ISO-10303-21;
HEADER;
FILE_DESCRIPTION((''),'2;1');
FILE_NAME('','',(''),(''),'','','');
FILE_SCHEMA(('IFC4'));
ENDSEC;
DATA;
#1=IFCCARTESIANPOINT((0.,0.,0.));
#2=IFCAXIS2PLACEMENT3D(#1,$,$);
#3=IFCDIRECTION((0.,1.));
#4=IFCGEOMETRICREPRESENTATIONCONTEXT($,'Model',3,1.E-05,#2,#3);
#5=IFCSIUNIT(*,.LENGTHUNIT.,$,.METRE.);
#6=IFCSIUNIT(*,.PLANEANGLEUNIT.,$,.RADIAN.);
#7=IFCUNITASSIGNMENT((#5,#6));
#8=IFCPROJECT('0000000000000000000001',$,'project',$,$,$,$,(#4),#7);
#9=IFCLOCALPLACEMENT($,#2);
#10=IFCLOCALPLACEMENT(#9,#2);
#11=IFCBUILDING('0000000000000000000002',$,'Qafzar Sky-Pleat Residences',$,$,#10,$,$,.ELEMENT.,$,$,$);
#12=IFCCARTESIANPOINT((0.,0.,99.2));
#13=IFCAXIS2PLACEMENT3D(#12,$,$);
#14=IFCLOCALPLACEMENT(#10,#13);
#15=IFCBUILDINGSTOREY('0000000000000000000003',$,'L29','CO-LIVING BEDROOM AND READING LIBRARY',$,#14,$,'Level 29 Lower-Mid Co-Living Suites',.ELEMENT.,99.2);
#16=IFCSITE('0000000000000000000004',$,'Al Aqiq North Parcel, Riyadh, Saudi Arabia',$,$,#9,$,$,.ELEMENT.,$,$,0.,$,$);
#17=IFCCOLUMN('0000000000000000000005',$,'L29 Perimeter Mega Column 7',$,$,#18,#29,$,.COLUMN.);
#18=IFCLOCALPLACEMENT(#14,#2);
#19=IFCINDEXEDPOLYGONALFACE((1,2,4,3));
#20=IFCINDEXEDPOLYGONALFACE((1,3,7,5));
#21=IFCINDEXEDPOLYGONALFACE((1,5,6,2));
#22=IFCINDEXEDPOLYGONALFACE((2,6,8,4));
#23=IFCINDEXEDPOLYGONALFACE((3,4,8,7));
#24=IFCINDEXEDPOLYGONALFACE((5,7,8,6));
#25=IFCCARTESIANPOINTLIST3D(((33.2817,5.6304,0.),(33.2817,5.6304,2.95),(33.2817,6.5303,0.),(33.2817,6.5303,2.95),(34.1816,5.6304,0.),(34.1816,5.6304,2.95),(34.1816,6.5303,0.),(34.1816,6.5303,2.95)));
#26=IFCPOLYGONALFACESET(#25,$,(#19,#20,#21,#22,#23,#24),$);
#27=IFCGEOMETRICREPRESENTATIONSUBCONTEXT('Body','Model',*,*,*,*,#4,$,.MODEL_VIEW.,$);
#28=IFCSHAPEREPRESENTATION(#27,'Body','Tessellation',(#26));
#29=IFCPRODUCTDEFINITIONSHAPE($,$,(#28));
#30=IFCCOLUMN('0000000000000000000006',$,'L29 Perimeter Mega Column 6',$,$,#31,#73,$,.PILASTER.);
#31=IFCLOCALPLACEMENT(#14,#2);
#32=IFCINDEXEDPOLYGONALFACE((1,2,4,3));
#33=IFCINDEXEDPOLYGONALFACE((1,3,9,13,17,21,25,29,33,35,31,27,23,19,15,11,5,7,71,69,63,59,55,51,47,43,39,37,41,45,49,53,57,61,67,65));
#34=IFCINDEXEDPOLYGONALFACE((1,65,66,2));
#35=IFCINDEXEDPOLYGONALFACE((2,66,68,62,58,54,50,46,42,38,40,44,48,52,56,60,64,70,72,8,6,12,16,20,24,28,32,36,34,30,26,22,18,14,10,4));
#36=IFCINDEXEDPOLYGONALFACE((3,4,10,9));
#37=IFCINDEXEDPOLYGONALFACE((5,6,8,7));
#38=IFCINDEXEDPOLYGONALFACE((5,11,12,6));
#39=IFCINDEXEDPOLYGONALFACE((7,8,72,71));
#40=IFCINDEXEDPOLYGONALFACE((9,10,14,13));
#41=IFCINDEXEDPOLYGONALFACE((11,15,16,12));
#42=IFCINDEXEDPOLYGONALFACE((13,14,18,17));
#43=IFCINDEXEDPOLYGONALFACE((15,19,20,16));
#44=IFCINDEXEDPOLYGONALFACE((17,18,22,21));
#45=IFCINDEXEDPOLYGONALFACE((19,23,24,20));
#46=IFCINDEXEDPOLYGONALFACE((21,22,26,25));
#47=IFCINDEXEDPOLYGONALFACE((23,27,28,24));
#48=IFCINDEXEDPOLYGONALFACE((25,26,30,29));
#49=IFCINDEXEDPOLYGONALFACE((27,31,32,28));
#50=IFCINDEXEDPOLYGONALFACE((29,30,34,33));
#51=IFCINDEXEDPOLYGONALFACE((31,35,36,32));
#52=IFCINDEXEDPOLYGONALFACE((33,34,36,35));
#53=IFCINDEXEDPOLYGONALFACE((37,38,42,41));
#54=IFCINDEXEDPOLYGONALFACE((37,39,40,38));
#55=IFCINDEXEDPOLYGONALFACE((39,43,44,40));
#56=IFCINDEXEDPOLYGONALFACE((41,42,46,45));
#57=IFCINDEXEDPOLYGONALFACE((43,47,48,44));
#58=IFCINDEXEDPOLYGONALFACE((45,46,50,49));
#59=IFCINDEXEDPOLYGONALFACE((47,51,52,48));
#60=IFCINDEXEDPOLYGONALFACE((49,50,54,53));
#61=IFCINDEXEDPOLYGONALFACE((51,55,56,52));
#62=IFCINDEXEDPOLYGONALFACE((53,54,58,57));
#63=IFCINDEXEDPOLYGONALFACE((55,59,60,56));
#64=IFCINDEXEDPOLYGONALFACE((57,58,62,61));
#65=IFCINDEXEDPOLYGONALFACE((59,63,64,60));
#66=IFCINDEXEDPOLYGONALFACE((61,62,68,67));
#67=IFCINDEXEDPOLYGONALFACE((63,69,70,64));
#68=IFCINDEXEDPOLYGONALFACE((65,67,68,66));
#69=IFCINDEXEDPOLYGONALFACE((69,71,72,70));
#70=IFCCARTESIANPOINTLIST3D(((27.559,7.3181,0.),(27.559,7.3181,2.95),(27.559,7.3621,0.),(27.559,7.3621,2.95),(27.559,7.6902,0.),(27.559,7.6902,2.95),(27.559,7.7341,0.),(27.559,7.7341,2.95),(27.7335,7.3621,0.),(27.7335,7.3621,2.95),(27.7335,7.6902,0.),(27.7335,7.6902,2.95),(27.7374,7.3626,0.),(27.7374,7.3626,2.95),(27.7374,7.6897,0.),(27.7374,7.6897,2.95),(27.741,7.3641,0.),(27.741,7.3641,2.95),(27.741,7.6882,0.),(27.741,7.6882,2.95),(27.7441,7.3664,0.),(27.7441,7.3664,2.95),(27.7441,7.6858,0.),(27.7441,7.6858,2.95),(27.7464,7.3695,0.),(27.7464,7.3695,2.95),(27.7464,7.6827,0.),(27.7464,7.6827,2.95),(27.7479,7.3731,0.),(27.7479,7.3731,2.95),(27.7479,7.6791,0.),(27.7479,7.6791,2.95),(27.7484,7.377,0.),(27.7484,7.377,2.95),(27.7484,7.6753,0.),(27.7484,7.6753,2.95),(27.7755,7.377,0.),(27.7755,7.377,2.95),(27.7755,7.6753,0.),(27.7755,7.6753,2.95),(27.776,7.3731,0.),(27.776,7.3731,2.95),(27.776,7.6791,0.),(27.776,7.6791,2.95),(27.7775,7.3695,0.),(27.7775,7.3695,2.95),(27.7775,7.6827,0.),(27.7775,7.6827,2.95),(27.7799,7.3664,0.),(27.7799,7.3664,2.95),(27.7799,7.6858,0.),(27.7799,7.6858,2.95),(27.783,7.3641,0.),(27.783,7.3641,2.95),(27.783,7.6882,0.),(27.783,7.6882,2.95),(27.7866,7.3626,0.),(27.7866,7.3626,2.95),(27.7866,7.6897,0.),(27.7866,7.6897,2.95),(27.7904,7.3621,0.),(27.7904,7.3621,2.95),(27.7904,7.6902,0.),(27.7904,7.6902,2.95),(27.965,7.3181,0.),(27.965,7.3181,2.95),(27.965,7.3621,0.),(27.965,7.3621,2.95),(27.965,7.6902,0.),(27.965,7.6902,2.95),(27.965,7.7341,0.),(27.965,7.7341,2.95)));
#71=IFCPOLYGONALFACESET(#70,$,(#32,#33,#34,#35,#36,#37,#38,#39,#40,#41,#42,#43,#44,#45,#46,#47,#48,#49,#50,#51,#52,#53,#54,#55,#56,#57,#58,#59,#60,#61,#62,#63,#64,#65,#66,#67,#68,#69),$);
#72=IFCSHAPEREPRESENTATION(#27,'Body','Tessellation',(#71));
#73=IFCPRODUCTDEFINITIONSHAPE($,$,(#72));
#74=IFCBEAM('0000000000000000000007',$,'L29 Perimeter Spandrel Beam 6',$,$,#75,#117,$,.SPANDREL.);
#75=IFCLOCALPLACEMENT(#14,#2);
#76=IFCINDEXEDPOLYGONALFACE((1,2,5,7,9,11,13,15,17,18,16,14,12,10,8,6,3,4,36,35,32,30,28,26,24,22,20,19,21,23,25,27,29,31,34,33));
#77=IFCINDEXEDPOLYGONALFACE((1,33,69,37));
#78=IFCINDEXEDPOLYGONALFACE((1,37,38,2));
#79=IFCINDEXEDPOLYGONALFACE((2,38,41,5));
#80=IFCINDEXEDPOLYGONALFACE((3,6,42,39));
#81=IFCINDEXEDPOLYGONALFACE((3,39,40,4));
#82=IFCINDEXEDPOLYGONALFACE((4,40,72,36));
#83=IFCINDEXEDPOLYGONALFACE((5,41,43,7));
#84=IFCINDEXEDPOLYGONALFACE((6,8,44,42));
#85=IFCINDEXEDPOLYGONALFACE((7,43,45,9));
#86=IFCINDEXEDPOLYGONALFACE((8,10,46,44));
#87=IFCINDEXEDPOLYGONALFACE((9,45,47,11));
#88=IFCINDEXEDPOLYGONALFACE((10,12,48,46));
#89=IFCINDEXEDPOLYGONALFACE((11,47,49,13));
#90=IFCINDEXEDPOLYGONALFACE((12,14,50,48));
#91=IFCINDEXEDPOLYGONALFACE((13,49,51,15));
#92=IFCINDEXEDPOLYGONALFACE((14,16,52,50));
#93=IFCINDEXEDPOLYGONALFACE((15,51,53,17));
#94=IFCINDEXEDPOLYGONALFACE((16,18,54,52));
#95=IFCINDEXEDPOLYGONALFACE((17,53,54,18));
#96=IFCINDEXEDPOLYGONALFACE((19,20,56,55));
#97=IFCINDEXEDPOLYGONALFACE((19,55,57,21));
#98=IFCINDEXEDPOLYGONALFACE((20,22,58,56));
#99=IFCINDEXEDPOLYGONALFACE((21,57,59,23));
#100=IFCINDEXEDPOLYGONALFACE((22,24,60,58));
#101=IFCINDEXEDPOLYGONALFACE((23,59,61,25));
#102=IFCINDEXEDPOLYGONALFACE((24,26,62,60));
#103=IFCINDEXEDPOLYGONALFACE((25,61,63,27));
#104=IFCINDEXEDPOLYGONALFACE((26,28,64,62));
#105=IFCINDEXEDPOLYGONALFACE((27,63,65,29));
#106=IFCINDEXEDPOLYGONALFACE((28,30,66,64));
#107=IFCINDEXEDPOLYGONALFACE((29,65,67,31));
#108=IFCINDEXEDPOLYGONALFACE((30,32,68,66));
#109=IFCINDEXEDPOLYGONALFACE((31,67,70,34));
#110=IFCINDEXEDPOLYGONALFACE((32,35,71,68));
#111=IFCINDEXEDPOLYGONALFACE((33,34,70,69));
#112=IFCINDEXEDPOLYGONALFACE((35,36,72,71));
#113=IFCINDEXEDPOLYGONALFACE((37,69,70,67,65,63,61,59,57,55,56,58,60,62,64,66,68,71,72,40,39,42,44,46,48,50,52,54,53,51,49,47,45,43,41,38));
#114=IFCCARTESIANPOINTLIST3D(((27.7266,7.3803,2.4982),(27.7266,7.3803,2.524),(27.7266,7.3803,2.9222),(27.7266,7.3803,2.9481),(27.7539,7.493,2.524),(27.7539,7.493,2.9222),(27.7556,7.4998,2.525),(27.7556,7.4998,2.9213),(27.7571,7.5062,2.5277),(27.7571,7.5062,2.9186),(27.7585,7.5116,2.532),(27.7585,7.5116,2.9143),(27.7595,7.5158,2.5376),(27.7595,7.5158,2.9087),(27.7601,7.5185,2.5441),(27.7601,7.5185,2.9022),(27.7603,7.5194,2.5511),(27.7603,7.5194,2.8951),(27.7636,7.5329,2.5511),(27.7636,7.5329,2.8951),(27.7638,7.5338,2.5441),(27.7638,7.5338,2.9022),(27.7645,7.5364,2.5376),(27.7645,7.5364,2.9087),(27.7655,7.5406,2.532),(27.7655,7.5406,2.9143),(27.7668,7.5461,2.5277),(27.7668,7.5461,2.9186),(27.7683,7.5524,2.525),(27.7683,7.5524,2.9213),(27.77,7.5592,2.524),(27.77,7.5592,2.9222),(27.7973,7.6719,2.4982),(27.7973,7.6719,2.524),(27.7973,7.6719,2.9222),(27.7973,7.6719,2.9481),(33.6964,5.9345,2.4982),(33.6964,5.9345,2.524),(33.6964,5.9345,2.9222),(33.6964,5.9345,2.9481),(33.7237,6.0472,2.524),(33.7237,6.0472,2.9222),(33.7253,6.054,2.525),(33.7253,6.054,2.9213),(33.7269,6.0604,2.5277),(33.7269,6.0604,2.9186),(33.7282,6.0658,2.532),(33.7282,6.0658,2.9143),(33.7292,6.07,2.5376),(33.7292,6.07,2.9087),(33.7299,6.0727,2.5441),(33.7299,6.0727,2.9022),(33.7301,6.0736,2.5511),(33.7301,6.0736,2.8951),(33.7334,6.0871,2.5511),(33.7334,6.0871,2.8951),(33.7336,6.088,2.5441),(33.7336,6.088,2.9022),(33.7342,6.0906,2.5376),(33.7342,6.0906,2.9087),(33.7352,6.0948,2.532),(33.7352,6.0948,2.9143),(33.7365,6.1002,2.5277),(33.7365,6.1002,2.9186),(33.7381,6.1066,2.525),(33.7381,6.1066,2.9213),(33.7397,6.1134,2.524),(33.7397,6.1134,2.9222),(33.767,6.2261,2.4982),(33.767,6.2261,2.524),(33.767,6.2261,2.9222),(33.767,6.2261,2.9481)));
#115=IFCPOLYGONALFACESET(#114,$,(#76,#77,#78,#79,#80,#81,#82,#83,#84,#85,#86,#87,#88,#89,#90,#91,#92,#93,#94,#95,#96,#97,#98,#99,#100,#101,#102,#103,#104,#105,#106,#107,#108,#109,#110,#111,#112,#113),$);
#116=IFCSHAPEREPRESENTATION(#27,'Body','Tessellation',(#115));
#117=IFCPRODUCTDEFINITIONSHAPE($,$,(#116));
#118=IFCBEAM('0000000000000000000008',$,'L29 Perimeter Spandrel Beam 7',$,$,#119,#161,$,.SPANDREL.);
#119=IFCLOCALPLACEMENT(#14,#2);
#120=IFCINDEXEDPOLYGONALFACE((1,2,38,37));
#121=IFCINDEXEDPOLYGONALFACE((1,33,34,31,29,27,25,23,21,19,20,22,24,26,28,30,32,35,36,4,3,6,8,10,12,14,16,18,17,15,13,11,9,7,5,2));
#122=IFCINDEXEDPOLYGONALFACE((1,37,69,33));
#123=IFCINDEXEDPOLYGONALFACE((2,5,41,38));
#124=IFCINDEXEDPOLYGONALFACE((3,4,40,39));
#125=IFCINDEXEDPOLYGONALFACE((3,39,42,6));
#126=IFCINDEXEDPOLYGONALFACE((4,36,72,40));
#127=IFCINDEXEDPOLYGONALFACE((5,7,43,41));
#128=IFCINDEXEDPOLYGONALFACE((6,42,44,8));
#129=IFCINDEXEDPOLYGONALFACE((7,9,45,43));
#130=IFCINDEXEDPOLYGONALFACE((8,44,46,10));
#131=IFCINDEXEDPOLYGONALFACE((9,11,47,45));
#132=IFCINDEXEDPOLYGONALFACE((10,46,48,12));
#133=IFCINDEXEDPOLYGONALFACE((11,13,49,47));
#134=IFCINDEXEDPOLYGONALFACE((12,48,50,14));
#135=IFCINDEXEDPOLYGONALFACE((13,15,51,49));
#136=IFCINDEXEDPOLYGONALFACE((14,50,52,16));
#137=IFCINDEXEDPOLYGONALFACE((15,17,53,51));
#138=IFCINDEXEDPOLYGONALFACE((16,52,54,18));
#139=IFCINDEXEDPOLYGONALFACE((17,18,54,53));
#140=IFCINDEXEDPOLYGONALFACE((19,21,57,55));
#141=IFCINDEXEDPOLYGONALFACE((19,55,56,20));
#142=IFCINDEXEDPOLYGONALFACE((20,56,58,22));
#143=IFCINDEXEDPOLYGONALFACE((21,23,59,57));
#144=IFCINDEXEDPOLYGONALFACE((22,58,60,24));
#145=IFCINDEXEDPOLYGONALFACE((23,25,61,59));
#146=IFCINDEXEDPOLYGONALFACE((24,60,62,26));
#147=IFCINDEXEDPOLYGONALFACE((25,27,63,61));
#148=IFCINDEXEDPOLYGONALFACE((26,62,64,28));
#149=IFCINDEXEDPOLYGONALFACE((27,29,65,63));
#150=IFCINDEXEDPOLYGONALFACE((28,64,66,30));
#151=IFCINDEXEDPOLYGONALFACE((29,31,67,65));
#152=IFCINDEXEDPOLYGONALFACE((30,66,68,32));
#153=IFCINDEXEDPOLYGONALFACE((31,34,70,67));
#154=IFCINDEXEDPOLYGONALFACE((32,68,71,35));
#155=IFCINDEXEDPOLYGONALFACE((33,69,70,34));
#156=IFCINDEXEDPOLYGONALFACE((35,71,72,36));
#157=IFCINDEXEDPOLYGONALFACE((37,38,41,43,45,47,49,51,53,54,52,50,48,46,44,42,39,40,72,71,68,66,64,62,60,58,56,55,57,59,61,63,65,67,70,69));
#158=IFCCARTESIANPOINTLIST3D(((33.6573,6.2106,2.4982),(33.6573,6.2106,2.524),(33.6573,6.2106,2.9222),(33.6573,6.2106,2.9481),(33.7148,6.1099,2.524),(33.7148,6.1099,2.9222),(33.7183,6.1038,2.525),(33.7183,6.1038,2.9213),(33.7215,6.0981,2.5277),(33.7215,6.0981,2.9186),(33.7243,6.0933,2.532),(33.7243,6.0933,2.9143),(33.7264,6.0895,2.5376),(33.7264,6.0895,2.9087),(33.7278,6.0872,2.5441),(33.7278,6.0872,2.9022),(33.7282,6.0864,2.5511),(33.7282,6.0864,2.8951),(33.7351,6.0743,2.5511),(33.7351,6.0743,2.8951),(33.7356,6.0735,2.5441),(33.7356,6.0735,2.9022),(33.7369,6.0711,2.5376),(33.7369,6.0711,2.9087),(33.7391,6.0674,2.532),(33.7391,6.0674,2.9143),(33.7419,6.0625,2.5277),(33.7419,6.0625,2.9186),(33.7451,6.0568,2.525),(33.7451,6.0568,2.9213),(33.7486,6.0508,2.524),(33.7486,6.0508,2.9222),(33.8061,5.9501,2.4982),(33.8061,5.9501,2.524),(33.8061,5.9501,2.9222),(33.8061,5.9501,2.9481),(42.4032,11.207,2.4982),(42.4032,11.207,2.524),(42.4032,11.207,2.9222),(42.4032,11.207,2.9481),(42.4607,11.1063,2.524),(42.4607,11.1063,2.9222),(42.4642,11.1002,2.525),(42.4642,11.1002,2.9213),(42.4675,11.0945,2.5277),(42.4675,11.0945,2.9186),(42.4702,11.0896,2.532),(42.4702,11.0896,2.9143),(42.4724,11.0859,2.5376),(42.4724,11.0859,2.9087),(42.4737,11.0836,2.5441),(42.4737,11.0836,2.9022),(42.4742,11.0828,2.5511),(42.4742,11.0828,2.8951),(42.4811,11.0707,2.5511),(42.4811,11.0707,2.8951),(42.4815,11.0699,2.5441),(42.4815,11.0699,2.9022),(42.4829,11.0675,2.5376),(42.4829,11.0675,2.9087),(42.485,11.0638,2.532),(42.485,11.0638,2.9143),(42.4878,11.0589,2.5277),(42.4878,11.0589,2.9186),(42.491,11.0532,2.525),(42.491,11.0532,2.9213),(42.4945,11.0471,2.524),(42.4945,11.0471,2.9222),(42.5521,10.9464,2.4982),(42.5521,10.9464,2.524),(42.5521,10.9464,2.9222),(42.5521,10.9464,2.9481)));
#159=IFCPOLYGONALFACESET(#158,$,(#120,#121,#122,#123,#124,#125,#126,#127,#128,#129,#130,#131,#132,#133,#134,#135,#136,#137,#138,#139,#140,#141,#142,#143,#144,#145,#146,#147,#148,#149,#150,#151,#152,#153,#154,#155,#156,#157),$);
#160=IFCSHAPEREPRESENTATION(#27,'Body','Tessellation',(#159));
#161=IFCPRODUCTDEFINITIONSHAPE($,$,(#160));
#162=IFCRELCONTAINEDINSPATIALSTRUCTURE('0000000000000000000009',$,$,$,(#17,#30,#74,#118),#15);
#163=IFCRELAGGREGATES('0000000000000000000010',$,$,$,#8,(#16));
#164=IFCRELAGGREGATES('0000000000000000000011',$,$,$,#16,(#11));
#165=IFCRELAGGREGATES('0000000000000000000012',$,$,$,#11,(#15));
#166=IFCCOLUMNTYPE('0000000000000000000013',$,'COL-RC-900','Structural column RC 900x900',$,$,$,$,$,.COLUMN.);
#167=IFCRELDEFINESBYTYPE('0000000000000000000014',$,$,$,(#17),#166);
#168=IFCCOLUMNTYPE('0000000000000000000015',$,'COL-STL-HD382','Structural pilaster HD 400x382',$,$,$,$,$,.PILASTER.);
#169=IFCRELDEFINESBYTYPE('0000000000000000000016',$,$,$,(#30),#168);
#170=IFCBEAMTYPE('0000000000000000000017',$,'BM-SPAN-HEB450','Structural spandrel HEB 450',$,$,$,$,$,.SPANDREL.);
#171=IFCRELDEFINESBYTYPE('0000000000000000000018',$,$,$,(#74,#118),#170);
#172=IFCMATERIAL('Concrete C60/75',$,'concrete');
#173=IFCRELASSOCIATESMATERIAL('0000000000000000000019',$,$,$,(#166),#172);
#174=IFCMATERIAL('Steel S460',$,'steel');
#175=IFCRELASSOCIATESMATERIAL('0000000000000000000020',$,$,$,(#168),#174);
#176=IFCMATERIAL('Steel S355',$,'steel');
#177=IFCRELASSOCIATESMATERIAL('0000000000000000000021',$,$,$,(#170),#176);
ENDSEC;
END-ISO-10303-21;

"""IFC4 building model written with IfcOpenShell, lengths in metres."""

from ifc_helpers import new_model, si_unit, direction, frame, origin, origin_2d, place, context, subcontext, project, spatial, rectangle, i_section, extrude, source, transform, mapped, material, material_profile, profile_set, type_object, element, save


model = new_model("IFC4")

# Units and contexts
model_context = context("Model", 3, precision=1e-05, world=origin(), true_north=direction((0.0, 1.0)))
body_context = subcontext(model_context, "Body", "Model", "MODEL_VIEW")
ifc_project = project(units=[si_unit("LENGTHUNIT", "METRE"), si_unit("PLANEANGLEUNIT", "RADIAN")], contexts=[model_context])

# Site, building, storey
site_placement = place(None, origin())
site = spatial("IfcSite", under=ifc_project, at=site_placement, Name="Al Aqiq North Parcel, Riyadh, Saudi Arabia", CompositionType="ELEMENT", RefElevation=0.0)
building_placement = place(site_placement, origin())
building = spatial("IfcBuilding", under=site, at=building_placement, Name="Qafzar Sky-Pleat Residences", CompositionType="ELEMENT")
storey_placement = place(building_placement, frame((0.0, 0.0, 99.2)))
storey = spatial("IfcBuildingStorey", under=building, at=storey_placement, Name="L29", Description="CO-LIVING BEDROOM AND READING LIBRARY", LongName="Level 29 Lower-Mid Co-Living Suites", CompositionType="ELEMENT", Elevation=99.2)

# Columns
ifc_material_1 = material(Name="Concrete C60/75", Category="concrete")
ifc_material_profile_1 = material_profile(ifc_material_1, rectangle(XDim=0.8999, YDim=0.8999, at=origin_2d()), Name="RC 900x900")
ifc_profile_set_1 = profile_set([ifc_material_profile_1], Name="Concrete C60/75")
column_type_1 = type_object("IfcColumnType", Name="COL-RC-900", Description="Structural column RC 900x900", PredefinedType="COLUMN", material=ifc_profile_set_1)
shared_shape_1 = source(origin(), body_context, "Body", "SweptSolid", [
    extrude(rectangle(XDim=0.8999, YDim=0.8999, at=origin_2d()), origin(), (0.0, 0.0, 1.0), 2.95),
])
column_1_placement = place(storey_placement, frame((33.7317, 6.0803, 0.0), z_axis=(0.0, 0.0, 1.0), x_axis=(1.0, 0.0, 0.0)))
element("IfcColumn", 1, at=column_1_placement, inside=storey, type_object=column_type_1, Name="L29 Perimeter Mega Column 7", PredefinedType="COLUMN", context=body_context, shape_type="MappedRepresentation", body=[
    mapped(shared_shape_1, transform((0.0, 0.0, 0.0), x_axis=(1.0, 0.0, 0.0), y_axis=(0.0, 1.0, 0.0), z_axis=(0.0, 0.0, 1.0), scale=1.0)),
])
ifc_material_2 = material(Name="Steel S460", Category="steel")
ifc_material_profile_2 = material_profile(ifc_material_2, i_section(OverallWidth=0.406, OverallDepth=0.416, WebThickness=0.0271, FlangeThickness=0.0439, FilletRadius=0.0149, at=origin_2d()), Name="HD 400x382")
ifc_profile_set_2 = profile_set([ifc_material_profile_2], Name="Steel S460")
column_type_2 = type_object("IfcColumnType", Name="COL-STL-HD382", Description="Structural pilaster HD 400x382", PredefinedType="PILASTER", material=ifc_profile_set_2)
shared_shape_2 = source(origin(), body_context, "Body", "SweptSolid", [
    extrude(i_section(OverallWidth=0.406, OverallDepth=0.416, WebThickness=0.0271, FlangeThickness=0.0439, FilletRadius=0.0149, at=origin_2d()), origin(), (0.0, 0.0, 1.0), 2.95),
])
column_2_placement = place(storey_placement, frame((27.762, 7.5261, 0.0), z_axis=(0.0, 0.0, 1.0), x_axis=(1.0, 0.0, 0.0)))
element("IfcColumn", 2, at=column_2_placement, inside=storey, type_object=column_type_2, Name="L29 Perimeter Mega Column 6", PredefinedType="PILASTER", context=body_context, shape_type="MappedRepresentation", body=[
    mapped(shared_shape_2, transform((0.0, 0.0, 0.0), x_axis=(1.0, 0.0, 0.0), y_axis=(0.0, 1.0, 0.0), z_axis=(0.0, 0.0, 1.0), scale=1.0)),
])

# Beams
ifc_material_3 = material(Name="Steel S355", Category="steel")
ifc_material_profile_3 = material_profile(ifc_material_3, i_section(OverallWidth=0.3, OverallDepth=0.45, WebThickness=0.0139, FlangeThickness=0.0259, FilletRadius=0.0271, at=origin_2d()), Name="HEB 450")
ifc_profile_set_3 = profile_set([ifc_material_profile_3], Name="Steel S355")
beam_type_1 = type_object("IfcBeamType", Name="BM-SPAN-HEB450", Description="Structural spandrel HEB 450", PredefinedType="SPANDREL", material=ifc_profile_set_3)
shared_shape_3 = source(origin(), body_context, "Body", "SweptSolid", [
    extrude(i_section(OverallWidth=0.3, OverallDepth=0.45, WebThickness=0.0139, FlangeThickness=0.0259, FilletRadius=0.0271, at=origin_2d()), origin(), (0.0, 0.0, 1.0), 6.1423),
])
beam_1_placement = place(storey_placement, frame((27.762, 7.5261, 2.7231), z_axis=(0.971902, -0.235384, 0.0), x_axis=(0.235384, 0.971902, 0.0)))
element("IfcBeam", 3, at=beam_1_placement, inside=storey, type_object=beam_type_1, Name="L29 Perimeter Spandrel Beam 6", PredefinedType="SPANDREL", context=body_context, shape_type="MappedRepresentation", body=[
    mapped(shared_shape_3, transform((0.0, 0.0, 0.0), x_axis=(1.0, 0.0, 0.0), y_axis=(0.0, 1.0, 0.0), z_axis=(0.0, 0.0, 1.0), scale=1.0)),
])
shared_shape_4 = source(origin(), body_context, "Body", "SweptSolid", [
    extrude(i_section(OverallWidth=0.3, OverallDepth=0.45, WebThickness=0.0139, FlangeThickness=0.0259, FilletRadius=0.0271, at=origin_2d()), origin(), (0.0, 0.0, 1.0), 10.0725),
])
beam_2_placement = place(storey_placement, frame((33.7317, 6.0803, 2.7231), z_axis=(0.868298, 0.496042, 0.0), x_axis=(-0.496042, 0.868298, 0.0)))
element("IfcBeam", 4, at=beam_2_placement, inside=storey, type_object=beam_type_1, Name="L29 Perimeter Spandrel Beam 7", PredefinedType="SPANDREL", context=body_context, shape_type="MappedRepresentation", body=[
    mapped(shared_shape_4, transform((0.0, 0.0, 0.0), x_axis=(1.0, 0.0, 0.0), y_axis=(0.0, 1.0, 0.0), z_axis=(0.0, 0.0, 1.0), scale=1.0)),
])

save(model, "model.ifc")
